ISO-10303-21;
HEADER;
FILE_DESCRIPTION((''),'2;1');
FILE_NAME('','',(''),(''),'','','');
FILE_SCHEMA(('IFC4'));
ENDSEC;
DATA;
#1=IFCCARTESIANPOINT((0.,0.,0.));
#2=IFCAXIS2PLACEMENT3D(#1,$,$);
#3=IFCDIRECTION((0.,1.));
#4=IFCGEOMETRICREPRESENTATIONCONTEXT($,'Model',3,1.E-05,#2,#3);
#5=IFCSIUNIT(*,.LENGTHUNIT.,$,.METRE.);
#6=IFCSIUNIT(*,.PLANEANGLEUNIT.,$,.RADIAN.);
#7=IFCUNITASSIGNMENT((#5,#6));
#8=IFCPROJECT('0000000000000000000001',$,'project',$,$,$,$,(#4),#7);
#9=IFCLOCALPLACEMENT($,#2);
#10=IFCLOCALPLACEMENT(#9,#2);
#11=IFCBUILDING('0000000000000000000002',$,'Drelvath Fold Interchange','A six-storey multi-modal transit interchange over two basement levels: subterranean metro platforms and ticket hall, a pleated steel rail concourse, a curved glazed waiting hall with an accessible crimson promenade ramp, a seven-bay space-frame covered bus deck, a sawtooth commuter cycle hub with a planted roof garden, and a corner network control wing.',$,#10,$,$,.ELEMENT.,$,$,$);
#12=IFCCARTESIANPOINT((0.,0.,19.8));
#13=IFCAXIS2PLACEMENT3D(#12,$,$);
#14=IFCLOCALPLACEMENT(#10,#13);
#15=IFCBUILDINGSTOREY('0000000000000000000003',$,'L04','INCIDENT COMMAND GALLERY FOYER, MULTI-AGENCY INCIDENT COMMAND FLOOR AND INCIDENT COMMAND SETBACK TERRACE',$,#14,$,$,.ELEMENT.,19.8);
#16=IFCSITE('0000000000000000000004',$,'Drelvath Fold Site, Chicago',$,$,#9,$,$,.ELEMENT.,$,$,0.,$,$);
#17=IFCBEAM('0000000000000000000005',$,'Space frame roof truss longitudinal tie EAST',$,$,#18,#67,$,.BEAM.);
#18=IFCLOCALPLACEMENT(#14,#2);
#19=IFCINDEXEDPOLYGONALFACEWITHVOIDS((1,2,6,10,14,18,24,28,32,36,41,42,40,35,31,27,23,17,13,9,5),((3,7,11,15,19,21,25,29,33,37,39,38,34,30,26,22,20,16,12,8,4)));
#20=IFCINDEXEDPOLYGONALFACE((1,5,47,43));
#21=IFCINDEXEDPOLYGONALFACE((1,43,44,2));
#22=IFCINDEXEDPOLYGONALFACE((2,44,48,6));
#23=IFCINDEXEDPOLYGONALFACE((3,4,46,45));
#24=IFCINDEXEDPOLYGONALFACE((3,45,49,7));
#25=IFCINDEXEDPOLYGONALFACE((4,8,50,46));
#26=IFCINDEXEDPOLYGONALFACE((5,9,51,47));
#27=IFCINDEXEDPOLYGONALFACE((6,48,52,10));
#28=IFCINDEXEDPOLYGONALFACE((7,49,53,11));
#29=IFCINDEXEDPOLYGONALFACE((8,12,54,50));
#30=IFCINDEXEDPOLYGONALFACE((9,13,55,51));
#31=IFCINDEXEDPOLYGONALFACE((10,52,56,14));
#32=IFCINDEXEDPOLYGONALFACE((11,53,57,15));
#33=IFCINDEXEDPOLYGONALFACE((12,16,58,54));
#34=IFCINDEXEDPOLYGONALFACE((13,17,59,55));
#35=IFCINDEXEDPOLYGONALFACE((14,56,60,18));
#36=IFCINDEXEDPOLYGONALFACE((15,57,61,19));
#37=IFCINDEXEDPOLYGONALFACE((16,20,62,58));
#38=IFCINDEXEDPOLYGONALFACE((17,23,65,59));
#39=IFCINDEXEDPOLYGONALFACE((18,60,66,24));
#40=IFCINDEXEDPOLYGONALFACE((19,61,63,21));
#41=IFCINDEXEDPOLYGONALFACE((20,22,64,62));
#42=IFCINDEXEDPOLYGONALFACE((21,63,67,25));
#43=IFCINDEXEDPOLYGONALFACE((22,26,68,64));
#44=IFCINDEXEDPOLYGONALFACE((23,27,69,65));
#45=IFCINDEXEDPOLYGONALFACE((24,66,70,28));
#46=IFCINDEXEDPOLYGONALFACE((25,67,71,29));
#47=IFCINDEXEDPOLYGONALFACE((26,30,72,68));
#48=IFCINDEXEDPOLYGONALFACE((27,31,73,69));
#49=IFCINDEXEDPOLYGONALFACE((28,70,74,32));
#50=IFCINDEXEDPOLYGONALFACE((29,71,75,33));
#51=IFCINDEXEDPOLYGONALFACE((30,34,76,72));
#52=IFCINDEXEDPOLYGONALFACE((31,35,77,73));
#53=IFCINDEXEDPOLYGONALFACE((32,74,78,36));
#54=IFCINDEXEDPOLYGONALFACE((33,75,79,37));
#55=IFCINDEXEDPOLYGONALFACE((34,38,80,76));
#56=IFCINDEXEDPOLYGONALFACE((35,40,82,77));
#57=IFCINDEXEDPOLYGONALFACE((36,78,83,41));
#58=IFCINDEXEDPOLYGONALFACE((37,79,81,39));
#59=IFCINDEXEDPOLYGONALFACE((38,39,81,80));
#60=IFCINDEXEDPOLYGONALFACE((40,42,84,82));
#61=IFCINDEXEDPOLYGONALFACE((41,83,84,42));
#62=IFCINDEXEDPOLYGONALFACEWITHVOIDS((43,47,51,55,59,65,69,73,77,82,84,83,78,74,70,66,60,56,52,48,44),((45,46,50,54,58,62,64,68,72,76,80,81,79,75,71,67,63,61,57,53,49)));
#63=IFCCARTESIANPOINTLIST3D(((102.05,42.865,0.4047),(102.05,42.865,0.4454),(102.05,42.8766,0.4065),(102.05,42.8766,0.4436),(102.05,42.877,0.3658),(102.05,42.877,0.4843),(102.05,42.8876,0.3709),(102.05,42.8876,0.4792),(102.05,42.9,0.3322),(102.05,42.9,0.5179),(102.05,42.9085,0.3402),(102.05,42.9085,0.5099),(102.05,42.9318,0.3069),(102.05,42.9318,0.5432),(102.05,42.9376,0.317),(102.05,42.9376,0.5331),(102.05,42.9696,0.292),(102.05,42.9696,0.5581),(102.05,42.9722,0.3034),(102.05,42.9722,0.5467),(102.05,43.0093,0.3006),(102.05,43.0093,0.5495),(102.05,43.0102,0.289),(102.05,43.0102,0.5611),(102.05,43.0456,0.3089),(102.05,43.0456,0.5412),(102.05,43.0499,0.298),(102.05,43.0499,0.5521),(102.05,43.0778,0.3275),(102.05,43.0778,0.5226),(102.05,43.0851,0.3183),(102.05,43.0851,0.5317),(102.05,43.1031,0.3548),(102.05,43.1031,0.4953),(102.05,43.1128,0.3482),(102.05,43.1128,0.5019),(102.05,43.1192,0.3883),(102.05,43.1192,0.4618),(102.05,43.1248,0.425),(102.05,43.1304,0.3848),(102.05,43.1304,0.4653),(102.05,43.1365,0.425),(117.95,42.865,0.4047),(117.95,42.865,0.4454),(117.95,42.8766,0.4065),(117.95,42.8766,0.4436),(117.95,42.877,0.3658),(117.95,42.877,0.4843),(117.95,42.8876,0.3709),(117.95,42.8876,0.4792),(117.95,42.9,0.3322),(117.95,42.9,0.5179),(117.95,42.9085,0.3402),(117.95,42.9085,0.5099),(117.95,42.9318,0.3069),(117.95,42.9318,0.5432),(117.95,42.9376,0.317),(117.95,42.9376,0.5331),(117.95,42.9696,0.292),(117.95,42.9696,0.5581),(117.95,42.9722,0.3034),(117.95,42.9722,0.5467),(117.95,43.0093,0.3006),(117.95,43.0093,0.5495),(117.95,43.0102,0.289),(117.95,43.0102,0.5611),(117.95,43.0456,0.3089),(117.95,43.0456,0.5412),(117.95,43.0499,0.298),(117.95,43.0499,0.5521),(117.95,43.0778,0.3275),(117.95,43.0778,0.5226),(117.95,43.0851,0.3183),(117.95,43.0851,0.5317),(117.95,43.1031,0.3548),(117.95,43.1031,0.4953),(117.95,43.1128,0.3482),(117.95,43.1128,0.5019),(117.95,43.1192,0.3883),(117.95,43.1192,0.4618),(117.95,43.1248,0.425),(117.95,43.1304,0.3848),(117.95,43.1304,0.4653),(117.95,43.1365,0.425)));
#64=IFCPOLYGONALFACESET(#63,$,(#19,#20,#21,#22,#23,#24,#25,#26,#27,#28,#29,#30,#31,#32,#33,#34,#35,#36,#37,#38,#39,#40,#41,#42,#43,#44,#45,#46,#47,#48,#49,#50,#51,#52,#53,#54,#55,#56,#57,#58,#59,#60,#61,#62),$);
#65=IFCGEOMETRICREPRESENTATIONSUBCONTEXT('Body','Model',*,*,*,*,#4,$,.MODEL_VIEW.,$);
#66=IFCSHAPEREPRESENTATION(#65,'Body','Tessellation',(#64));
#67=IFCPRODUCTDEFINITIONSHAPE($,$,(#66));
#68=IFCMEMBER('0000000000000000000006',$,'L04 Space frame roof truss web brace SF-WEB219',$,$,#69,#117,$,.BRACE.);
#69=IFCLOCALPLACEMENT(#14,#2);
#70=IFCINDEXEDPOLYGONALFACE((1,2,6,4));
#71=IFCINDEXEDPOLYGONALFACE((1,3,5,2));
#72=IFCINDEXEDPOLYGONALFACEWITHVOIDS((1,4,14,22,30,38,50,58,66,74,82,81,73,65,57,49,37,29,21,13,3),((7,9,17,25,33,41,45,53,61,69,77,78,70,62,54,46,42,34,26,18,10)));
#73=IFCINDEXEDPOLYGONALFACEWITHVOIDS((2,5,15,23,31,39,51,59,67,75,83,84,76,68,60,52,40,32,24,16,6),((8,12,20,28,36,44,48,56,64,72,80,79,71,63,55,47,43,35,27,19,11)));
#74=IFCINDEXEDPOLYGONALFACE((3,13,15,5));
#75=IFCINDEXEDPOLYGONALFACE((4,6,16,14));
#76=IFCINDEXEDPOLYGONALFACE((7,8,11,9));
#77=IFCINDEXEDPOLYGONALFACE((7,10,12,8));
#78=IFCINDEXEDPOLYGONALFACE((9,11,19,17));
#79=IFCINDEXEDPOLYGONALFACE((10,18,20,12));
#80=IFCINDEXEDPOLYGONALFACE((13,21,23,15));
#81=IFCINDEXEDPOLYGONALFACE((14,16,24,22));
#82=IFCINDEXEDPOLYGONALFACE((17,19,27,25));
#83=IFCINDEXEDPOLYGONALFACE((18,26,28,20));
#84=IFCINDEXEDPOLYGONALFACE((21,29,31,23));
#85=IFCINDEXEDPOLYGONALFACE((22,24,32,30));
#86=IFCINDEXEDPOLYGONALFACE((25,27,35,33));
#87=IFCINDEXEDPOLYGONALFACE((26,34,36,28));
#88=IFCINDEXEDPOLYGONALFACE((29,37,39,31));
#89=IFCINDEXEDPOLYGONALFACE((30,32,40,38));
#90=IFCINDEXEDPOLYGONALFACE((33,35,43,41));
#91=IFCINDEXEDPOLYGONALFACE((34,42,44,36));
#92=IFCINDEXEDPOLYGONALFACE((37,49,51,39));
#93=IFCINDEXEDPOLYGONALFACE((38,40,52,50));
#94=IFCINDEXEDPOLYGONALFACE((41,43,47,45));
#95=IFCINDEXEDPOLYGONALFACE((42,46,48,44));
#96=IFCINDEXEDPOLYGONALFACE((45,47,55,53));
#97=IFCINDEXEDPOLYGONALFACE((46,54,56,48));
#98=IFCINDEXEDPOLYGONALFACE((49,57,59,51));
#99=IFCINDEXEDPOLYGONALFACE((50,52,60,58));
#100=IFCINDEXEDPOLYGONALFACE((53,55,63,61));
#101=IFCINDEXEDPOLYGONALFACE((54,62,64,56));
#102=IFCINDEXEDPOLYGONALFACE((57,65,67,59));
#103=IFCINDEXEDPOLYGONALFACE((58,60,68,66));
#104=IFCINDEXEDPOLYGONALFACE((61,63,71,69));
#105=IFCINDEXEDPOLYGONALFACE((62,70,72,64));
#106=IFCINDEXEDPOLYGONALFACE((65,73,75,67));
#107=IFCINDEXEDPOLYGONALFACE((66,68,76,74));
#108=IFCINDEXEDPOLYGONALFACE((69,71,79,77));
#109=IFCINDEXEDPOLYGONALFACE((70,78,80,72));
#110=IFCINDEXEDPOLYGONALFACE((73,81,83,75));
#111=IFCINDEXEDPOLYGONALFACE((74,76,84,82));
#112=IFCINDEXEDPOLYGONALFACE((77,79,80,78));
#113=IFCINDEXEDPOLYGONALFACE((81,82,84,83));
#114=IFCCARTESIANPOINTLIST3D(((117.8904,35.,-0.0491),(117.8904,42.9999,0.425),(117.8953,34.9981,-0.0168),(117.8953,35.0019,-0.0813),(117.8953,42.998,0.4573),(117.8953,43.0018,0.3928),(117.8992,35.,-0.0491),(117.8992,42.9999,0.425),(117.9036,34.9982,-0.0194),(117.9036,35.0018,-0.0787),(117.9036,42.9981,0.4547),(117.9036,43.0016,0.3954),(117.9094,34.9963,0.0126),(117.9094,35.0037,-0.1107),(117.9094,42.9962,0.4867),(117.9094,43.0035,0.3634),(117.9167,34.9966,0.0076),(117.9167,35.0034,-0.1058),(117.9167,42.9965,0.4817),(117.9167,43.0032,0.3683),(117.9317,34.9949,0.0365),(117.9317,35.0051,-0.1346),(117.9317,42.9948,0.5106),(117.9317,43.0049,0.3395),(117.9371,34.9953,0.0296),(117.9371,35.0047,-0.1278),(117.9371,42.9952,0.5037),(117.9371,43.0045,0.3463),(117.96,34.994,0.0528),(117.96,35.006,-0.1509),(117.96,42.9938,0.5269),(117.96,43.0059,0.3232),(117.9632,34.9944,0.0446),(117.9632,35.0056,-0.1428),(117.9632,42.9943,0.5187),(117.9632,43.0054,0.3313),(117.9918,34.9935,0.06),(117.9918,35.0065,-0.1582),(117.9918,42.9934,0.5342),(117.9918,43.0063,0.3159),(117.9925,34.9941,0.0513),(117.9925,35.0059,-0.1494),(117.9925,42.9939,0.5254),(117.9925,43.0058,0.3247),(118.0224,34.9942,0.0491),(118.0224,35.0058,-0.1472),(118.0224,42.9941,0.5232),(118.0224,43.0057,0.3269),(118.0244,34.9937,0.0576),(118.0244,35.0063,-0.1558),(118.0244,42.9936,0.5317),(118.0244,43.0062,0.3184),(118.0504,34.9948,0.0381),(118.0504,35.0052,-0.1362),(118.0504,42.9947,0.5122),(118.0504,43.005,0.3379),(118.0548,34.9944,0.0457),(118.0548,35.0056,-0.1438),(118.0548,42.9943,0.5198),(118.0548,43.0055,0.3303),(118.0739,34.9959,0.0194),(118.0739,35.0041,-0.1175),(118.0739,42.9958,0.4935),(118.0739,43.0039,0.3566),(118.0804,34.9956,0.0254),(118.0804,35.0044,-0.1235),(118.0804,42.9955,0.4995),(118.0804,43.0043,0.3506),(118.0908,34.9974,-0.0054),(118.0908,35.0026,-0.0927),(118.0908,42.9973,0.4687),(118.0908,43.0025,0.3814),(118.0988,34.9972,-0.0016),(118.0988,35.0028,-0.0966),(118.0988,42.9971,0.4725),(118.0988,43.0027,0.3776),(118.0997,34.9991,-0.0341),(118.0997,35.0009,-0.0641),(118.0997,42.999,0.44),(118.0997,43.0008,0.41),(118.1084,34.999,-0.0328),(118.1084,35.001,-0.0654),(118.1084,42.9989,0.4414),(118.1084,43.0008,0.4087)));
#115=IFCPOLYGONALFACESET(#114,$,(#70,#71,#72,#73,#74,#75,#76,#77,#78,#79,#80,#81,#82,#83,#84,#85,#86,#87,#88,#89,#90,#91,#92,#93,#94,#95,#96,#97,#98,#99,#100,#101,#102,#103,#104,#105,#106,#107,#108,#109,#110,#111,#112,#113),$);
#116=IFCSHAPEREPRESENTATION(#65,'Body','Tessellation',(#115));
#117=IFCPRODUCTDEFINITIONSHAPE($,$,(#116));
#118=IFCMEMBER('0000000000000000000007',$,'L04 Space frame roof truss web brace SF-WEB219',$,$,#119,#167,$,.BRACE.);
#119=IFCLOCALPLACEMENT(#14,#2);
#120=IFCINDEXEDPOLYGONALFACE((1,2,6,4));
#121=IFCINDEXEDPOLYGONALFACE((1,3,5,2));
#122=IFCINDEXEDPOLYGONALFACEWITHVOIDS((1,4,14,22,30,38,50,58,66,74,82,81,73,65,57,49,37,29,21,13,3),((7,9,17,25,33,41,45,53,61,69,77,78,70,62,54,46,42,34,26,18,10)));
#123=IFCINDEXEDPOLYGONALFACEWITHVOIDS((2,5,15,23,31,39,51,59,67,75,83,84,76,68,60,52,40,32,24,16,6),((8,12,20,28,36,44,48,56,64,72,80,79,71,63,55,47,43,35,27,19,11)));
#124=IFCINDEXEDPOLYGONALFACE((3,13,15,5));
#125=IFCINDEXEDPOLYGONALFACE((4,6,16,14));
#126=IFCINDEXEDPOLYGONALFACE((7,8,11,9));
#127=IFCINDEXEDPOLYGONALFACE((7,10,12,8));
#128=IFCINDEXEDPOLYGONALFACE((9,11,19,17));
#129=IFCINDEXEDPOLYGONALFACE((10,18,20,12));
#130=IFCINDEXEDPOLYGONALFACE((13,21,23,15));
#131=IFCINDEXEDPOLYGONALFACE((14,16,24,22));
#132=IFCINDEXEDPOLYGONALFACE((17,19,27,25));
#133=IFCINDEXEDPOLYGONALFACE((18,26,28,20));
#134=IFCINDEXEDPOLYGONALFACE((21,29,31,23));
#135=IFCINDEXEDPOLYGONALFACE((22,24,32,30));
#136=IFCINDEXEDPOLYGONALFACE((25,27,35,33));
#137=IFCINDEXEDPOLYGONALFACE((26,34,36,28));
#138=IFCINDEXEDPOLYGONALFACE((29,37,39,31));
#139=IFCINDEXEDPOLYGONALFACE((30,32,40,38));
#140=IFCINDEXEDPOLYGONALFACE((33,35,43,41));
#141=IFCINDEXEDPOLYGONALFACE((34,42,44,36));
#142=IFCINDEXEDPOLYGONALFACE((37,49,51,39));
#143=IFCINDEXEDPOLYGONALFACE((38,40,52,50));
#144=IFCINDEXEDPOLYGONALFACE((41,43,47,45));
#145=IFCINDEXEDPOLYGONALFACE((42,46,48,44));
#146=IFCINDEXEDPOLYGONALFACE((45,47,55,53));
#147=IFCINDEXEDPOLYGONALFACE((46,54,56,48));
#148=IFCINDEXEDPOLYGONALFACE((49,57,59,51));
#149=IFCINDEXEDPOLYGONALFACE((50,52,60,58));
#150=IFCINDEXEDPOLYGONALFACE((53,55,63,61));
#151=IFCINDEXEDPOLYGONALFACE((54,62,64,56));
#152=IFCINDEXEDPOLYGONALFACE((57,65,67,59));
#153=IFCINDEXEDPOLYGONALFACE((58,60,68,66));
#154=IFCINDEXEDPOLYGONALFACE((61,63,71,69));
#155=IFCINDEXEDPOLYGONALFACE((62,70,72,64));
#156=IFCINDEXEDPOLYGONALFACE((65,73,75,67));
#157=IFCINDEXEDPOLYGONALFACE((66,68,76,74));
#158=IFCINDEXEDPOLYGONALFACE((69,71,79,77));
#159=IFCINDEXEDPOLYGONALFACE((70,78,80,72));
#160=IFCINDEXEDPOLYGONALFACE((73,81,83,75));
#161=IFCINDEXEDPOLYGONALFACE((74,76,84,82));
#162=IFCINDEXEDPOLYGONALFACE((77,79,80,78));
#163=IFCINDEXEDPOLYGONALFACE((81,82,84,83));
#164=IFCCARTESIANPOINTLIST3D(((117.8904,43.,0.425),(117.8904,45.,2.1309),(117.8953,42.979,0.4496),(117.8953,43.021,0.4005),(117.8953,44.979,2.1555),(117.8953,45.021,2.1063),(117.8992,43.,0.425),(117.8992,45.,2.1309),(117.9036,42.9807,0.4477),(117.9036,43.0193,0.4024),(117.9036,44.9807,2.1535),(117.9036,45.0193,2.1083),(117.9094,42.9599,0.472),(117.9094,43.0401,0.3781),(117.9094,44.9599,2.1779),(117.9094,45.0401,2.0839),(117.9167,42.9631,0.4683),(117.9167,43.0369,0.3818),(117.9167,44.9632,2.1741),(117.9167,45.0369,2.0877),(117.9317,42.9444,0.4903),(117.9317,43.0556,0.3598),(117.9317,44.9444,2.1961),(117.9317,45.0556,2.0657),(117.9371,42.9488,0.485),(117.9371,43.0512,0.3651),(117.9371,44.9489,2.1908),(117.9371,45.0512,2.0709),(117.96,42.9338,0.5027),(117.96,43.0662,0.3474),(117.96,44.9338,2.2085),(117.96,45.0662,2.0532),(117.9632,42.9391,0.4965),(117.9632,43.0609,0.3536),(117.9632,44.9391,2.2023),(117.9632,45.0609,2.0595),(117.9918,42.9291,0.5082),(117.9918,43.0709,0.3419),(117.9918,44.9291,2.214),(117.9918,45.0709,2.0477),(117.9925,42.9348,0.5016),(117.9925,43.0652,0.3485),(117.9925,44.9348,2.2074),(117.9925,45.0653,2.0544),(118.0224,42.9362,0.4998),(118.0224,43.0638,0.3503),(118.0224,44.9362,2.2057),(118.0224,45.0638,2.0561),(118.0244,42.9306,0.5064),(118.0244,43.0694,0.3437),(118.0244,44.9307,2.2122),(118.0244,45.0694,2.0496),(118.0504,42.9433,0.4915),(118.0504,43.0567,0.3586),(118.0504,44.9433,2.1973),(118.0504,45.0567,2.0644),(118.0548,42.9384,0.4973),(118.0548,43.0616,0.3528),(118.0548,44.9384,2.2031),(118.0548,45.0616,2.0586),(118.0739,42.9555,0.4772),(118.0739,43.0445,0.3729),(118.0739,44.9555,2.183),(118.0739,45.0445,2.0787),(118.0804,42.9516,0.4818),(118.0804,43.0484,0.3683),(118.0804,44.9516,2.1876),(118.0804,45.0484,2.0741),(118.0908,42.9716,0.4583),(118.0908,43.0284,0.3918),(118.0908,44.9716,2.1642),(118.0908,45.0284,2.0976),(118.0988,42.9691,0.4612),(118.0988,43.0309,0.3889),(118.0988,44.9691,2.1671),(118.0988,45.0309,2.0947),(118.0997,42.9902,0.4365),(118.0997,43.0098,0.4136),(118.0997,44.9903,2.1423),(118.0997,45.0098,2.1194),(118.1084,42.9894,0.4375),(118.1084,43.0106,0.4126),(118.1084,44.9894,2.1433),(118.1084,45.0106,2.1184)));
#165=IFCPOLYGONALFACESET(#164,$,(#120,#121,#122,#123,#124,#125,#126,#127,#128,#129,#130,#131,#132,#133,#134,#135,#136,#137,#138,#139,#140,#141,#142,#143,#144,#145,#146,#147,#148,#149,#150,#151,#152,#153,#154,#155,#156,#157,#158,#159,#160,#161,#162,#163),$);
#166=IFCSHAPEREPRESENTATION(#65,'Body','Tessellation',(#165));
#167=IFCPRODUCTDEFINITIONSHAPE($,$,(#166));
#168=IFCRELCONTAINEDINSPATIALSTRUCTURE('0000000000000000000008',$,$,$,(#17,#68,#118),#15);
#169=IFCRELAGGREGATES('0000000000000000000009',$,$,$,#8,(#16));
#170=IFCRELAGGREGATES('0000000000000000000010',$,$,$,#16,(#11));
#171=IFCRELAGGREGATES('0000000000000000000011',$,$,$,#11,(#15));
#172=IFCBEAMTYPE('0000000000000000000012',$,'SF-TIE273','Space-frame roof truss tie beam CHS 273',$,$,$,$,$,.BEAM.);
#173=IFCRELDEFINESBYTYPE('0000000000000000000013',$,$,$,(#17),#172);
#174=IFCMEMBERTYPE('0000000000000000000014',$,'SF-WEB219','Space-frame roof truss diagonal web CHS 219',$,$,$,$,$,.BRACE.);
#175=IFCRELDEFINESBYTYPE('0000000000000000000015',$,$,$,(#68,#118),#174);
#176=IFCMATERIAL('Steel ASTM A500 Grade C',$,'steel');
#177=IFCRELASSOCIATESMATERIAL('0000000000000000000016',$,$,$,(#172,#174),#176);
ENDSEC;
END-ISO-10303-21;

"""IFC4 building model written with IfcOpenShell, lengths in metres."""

from ifc_helpers import new_model, si_unit, direction, frame, origin, origin_2d, place, context, subcontext, project, spatial, hollow_circle, extrude, material, material_profile, profile_set, type_object, element, save


model = new_model("IFC4")

# Units and contexts
model_context = context("Model", 3, precision=1e-05, world=origin(), true_north=direction((0.0, 1.0)))
body_context = subcontext(model_context, "Body", "Model", "MODEL_VIEW")
ifc_project = project(units=[si_unit("LENGTHUNIT", "METRE"), si_unit("PLANEANGLEUNIT", "RADIAN")], contexts=[model_context])

# Site, building, storey
site_placement = place(None, origin())
site = spatial("IfcSite", under=ifc_project, at=site_placement, Name="Drelvath Fold Site, Chicago", CompositionType="ELEMENT", RefElevation=0.0)
building_placement = place(site_placement, origin())
building = spatial("IfcBuilding", under=site, at=building_placement, Name="Drelvath Fold Interchange", Description="A six-storey multi-modal transit interchange over two basement levels: subterranean metro platforms and ticket hall, a pleated steel rail concourse, a curved glazed waiting hall with an accessible crimson promenade ramp, a seven-bay space-frame covered bus deck, a sawtooth commuter cycle hub with a planted roof garden, and a corner network control wing.", CompositionType="ELEMENT")
storey_placement = place(building_placement, frame((0.0, 0.0, 19.8)))
storey = spatial("IfcBuildingStorey", under=building, at=storey_placement, Name="L04", Description="INCIDENT COMMAND GALLERY FOYER, MULTI-AGENCY INCIDENT COMMAND FLOOR AND INCIDENT COMMAND SETBACK TERRACE", CompositionType="ELEMENT", Elevation=19.8)

# Shared definitions
ifc_material_1 = material(Name="Steel ASTM A500 Grade C", Category="steel")

# Beam
ifc_material_profile_1 = material_profile(ifc_material_1, hollow_circle(Radius=0.1365, WallThickness=0.0117, at=origin_2d()), Name="HSS10.750X0.500")
ifc_profile_set_1 = profile_set([ifc_material_profile_1], Name="Steel ASTM A500 Grade C")
beam_type_1 = type_object("IfcBeamType", Name="SF-TIE273", Description="Space-frame roof truss tie beam CHS 273", PredefinedType="BEAM", material=ifc_profile_set_1)
beam_1_placement = place(storey_placement, frame((102.05, 43.0, 0.425), z_axis=(1.0, 0.0, 0.0), x_axis=(0.0, 1.0, 0.0)))
element("IfcBeam", 1, at=beam_1_placement, inside=storey, type_object=beam_type_1, Name="Space frame roof truss longitudinal tie EAST", PredefinedType="BEAM", context=body_context, shape_type="SweptSolid", body=[
    extrude(hollow_circle(Radius=0.1365, WallThickness=0.0117, at=origin_2d()), origin(), (0.0, 0.0, 1.0), 15.8999),
])

# Members
ifc_material_profile_2 = material_profile(ifc_material_1, hollow_circle(Radius=0.1096, WallThickness=0.0088, at=origin_2d()), Name="HSS8.625X0.375")
ifc_profile_set_2 = profile_set([ifc_material_profile_2], Name="Steel ASTM A500 Grade C")
member_type_1 = type_object("IfcMemberType", Name="SF-WEB219", Description="Space-frame roof truss diagonal web CHS 219", PredefinedType="BRACE", material=ifc_profile_set_2)
member_1_placement = place(storey_placement, frame((118.0, 35.0, -0.0491), z_axis=(0.0, 0.998248, 0.059161), x_axis=(-1.0, 0.0, 0.0)))
element("IfcMember", 2, at=member_1_placement, inside=storey, type_object=member_type_1, Name="L04 Space frame roof truss web brace SF-WEB219", PredefinedType="BRACE", context=body_context, shape_type="SweptSolid", body=[
    extrude(hollow_circle(Radius=0.1096, WallThickness=0.0088, at=origin_2d()), origin(), (0.0, 0.0, 1.0), 8.0139),
])
member_2_placement = place(storey_placement, frame((118.0, 43.0, 0.425), z_axis=(0.0, 0.760847, 0.648931), x_axis=(-1.0, 0.0, 0.0)))
element("IfcMember", 3, at=member_2_placement, inside=storey, type_object=member_type_1, Name="L04 Space frame roof truss web brace SF-WEB219", PredefinedType="BRACE", context=body_context, shape_type="SweptSolid", body=[
    extrude(hollow_circle(Radius=0.1096, WallThickness=0.0088, at=origin_2d()), origin(), (0.0, 0.0, 1.0), 2.6287),
])

save(model, "model.ifc")
